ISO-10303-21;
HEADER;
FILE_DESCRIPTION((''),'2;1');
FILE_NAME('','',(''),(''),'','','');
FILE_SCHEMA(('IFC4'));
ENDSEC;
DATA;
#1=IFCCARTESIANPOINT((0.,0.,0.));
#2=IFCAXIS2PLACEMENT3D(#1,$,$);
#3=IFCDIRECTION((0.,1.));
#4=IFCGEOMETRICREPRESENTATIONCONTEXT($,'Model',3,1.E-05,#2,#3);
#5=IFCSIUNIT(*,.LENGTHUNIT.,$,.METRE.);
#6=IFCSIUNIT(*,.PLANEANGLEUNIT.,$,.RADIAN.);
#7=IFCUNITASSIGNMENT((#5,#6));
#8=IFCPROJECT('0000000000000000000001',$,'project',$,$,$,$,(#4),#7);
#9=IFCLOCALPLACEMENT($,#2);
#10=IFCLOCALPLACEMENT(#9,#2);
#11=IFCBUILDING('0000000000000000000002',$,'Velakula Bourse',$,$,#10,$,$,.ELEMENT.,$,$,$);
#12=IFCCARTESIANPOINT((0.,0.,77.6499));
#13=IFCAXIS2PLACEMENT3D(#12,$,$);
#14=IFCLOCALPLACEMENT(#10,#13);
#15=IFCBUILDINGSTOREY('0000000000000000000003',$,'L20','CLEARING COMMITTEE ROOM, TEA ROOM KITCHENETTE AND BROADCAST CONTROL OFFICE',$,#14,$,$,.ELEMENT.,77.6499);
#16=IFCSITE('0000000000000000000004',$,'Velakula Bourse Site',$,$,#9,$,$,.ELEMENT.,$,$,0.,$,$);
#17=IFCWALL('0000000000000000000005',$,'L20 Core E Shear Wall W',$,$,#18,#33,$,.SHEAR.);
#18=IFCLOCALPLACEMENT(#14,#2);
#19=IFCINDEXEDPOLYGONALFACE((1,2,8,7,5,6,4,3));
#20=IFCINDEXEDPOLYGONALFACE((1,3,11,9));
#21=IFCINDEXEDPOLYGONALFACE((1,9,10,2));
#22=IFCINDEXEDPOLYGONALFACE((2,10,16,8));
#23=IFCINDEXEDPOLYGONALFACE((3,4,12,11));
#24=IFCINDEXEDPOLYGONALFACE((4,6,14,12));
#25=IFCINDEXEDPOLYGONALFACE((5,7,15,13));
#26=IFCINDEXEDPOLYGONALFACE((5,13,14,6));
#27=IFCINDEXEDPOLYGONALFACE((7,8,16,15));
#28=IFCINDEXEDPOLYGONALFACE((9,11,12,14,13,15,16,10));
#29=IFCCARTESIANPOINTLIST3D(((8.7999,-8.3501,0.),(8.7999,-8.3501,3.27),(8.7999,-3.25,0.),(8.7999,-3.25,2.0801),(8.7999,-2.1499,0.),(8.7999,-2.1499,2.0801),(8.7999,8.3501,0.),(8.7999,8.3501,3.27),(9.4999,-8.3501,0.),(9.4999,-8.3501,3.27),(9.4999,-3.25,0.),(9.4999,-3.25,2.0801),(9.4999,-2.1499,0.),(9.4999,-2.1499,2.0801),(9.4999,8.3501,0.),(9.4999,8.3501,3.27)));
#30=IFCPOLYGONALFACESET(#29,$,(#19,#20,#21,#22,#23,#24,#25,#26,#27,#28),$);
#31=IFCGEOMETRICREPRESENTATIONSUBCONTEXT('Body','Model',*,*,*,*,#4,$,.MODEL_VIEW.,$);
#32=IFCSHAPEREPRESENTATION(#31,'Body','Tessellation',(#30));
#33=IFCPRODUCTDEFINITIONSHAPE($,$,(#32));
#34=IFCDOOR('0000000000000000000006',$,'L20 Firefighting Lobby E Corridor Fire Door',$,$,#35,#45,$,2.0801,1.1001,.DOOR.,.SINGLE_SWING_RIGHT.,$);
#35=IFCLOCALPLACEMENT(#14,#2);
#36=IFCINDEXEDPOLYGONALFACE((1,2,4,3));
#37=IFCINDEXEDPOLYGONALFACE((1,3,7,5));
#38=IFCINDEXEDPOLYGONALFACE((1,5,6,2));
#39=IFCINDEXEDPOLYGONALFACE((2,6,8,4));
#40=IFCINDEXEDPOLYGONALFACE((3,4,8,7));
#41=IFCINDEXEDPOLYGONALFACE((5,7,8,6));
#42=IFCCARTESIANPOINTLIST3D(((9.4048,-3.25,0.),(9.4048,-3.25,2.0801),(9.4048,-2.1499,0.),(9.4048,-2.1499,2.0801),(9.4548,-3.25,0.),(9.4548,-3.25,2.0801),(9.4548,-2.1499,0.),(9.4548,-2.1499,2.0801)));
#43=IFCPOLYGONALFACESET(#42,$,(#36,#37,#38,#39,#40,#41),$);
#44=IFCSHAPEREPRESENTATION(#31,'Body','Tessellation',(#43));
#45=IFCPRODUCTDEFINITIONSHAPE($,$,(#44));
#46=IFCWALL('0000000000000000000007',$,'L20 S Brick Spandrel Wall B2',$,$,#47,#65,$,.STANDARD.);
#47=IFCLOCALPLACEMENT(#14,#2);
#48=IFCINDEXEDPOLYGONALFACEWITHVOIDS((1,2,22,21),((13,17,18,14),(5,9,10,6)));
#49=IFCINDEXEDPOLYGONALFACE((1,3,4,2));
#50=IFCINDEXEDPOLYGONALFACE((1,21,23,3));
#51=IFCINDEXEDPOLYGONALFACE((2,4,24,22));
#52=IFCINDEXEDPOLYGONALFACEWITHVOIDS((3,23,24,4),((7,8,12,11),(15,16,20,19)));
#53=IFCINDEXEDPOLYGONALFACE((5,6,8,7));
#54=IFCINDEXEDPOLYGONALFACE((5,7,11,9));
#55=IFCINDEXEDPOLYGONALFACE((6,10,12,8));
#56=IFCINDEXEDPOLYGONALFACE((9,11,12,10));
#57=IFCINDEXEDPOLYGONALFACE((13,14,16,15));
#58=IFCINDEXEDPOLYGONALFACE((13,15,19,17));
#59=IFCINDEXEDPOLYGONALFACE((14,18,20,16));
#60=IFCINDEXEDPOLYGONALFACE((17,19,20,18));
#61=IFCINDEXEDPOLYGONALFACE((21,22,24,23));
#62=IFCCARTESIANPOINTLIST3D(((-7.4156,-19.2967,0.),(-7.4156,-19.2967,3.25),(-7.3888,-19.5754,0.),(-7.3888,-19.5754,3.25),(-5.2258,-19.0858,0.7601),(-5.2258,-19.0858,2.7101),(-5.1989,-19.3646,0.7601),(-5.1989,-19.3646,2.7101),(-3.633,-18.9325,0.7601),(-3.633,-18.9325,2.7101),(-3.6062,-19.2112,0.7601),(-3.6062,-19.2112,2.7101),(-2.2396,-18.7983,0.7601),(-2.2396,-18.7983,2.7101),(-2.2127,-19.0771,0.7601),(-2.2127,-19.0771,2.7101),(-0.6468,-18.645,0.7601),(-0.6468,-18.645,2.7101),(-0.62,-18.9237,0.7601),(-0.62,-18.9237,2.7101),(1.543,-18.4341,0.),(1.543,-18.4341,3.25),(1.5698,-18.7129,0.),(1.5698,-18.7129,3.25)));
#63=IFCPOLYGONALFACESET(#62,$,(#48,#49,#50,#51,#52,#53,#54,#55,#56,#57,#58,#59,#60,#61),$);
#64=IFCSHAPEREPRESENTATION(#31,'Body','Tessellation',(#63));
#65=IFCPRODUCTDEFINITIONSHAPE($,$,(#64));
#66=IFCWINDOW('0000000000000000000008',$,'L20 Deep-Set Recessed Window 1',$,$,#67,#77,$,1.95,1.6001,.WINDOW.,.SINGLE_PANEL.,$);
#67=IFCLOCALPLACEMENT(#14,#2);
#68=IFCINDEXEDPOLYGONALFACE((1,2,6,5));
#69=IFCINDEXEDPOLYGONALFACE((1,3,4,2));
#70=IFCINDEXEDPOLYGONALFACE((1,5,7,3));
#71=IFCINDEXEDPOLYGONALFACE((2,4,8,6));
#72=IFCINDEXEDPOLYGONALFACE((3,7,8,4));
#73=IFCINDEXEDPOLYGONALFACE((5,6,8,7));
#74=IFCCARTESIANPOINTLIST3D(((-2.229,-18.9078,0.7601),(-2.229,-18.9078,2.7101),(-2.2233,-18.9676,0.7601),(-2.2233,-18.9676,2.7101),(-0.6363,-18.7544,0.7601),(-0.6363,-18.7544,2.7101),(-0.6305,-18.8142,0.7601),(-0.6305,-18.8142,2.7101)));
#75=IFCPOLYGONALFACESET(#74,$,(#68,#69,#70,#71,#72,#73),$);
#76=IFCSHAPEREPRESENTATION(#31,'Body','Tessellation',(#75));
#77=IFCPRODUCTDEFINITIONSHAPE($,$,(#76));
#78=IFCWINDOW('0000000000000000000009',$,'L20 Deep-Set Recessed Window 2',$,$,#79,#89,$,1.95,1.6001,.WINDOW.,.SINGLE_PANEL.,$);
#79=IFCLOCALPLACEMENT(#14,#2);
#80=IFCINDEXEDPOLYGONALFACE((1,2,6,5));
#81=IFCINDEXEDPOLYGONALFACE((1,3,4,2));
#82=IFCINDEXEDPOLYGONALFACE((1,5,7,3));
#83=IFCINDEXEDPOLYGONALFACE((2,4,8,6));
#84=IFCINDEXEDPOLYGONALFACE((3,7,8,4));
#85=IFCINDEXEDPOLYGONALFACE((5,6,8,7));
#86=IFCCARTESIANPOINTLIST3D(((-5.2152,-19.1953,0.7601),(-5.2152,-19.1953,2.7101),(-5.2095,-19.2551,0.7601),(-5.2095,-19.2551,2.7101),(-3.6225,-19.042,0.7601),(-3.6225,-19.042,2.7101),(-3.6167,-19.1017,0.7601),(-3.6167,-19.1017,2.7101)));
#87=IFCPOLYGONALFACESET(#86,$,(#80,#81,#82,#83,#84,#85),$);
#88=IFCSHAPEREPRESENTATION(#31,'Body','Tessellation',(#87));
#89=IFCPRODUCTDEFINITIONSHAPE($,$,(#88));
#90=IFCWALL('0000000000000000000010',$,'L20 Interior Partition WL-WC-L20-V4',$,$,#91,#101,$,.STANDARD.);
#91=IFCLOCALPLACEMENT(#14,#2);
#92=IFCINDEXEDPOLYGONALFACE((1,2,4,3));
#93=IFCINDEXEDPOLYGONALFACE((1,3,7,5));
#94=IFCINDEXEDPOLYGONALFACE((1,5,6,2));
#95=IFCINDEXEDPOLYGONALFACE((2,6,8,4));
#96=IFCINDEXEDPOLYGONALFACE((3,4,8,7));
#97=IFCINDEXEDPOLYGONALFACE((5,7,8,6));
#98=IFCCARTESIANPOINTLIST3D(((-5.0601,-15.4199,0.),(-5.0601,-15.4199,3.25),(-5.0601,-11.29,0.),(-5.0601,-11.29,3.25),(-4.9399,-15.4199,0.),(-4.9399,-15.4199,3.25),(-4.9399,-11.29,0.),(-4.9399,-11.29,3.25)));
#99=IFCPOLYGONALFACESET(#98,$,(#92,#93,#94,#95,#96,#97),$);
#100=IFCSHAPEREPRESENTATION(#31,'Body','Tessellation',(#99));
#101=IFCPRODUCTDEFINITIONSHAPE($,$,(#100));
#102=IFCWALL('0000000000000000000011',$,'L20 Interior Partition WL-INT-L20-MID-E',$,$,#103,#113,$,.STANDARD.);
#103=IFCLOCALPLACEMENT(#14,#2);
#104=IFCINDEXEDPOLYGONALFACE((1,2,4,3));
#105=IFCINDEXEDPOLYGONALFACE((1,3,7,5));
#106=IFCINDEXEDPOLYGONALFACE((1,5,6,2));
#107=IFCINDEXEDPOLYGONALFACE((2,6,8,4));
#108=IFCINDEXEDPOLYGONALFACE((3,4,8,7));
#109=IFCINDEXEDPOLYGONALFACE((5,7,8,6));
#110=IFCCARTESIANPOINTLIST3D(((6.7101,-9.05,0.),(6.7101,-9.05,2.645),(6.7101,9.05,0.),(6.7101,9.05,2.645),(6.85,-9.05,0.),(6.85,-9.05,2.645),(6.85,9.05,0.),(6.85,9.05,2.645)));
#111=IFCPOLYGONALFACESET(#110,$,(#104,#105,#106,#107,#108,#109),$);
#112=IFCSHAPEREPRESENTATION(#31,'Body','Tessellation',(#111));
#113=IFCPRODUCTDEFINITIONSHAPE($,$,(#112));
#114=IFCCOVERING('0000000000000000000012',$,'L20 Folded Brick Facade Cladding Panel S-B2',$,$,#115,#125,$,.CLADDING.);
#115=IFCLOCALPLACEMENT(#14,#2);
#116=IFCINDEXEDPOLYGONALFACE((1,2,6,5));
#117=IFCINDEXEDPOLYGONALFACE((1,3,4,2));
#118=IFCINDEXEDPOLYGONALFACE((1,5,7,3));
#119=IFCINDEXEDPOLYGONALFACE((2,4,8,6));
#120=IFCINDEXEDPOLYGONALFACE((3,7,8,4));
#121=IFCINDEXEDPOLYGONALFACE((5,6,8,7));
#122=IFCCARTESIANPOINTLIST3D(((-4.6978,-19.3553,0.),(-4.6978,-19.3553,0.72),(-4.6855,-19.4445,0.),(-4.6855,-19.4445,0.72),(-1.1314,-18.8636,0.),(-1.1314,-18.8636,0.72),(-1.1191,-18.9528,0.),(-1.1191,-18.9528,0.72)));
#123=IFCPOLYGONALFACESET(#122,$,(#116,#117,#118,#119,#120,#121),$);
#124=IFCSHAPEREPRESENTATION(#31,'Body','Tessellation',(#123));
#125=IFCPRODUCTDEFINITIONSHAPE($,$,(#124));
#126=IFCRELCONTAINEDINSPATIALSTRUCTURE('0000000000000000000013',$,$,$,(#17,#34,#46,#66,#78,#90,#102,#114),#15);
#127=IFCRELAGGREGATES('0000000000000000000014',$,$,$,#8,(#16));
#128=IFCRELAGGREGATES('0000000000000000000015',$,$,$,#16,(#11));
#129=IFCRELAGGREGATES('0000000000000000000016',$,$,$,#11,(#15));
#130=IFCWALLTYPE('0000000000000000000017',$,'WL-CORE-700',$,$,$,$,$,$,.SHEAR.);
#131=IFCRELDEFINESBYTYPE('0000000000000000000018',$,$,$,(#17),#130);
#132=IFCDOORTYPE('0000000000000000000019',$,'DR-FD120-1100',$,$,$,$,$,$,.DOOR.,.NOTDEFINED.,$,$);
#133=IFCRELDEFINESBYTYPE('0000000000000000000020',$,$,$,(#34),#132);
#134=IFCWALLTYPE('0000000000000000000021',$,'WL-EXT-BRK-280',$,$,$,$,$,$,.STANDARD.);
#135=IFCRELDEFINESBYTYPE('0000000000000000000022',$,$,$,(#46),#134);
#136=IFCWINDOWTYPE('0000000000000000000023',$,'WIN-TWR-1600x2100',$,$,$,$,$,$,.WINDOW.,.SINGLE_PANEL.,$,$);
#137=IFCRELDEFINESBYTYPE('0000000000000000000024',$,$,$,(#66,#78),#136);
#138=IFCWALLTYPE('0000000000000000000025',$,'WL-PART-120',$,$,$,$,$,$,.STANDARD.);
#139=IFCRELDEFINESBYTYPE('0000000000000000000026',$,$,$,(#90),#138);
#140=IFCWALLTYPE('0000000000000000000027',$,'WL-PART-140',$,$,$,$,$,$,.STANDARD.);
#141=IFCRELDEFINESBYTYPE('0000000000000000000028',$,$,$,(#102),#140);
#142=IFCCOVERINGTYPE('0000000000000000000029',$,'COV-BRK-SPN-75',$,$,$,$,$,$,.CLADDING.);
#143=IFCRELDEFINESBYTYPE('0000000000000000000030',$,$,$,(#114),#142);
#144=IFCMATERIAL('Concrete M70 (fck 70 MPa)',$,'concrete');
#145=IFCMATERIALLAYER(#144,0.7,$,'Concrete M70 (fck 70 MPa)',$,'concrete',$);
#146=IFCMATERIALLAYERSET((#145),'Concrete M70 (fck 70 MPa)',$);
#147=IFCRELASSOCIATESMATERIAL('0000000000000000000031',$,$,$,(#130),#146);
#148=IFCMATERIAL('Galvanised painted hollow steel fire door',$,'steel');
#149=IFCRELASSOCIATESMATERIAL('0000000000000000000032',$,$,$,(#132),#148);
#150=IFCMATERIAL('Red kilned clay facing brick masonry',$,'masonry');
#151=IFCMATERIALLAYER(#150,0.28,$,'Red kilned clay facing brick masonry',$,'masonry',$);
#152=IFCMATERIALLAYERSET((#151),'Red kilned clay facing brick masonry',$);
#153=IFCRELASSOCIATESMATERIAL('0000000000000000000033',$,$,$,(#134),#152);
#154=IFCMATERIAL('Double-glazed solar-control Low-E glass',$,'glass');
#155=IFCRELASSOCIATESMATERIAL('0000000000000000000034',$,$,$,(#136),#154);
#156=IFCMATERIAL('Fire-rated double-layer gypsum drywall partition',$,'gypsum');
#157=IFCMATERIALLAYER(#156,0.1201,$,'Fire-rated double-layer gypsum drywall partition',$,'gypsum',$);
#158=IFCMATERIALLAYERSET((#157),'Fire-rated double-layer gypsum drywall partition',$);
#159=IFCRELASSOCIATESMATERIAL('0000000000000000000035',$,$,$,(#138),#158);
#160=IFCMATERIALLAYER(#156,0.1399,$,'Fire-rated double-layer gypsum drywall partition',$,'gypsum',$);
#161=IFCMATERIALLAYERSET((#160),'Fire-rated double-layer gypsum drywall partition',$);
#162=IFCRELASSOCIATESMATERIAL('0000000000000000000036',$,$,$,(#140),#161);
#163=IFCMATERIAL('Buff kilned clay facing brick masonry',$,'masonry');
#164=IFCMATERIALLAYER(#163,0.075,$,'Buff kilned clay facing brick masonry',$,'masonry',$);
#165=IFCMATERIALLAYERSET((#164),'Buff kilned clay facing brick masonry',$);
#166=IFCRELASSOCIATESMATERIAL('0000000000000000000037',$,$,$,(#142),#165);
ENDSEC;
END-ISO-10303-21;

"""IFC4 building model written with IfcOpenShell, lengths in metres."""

from ifc_helpers import new_model, si_unit, direction, frame, frame_2d, origin, origin_2d, place, context, subcontext, project, spatial, rectangle, extrude, material, layer, layer_set, type_object, element, fill, save


model = new_model("IFC4")

# Units and contexts
model_context = context("Model", 3, precision=1e-05, world=origin(), true_north=direction((0.0, 1.0)))
body_context = subcontext(model_context, "Body", "Model", "MODEL_VIEW")
ifc_project = project(units=[si_unit("LENGTHUNIT", "METRE"), si_unit("PLANEANGLEUNIT", "RADIAN")], contexts=[model_context])

# Site, building, storey
site_placement = place(None, origin())
site = spatial("IfcSite", under=ifc_project, at=site_placement, Name="Velakula Bourse Site", CompositionType="ELEMENT", RefElevation=0.0)
building_placement = place(site_placement, origin())
building = spatial("IfcBuilding", under=site, at=building_placement, Name="Velakula Bourse", CompositionType="ELEMENT")
storey_placement = place(building_placement, frame((0.0, 0.0, 77.6499)))
storey = spatial("IfcBuildingStorey", under=building, at=storey_placement, Name="L20", Description="CLEARING COMMITTEE ROOM, TEA ROOM KITCHENETTE AND BROADCAST CONTROL OFFICE", CompositionType="ELEMENT", Elevation=77.6499)

# Shared definitions
ifc_material_1 = material(Name="Concrete M70 (fck 70 MPa)", Category="concrete")

# Shared definitions
ifc_layer_1 = layer(ifc_material_1, 0.7, Name="Concrete M70 (fck 70 MPa)", Category="concrete")
ifc_layer_set_1 = layer_set([ifc_layer_1], Name="Concrete M70 (fck 70 MPa)")
wall_type_1 = type_object("IfcWallType", Name="WL-CORE-700", PredefinedType="SHEAR", material=ifc_layer_set_1)

# Wall, opening, door
wall_1_placement = place(storey_placement, frame((9.1499, -8.3501, 0.0), z_axis=(0.0, 0.0, 1.0), x_axis=(0.0, 1.0, 0.0)))
wall_1 = element("IfcWall", 1, at=wall_1_placement, inside=storey, type_object=wall_type_1, Name="L20 Core E Shear Wall W", PredefinedType="SHEAR", context=body_context, shape_type="SweptSolid", body=[
    extrude(rectangle(XDim=16.7002, YDim=0.7, at=frame_2d((8.3501, 0.0))), origin(), (0.0, 0.0, 1.0), 3.27),
])
opening_1_placement = place(wall_1_placement, frame((5.1001, 0.0, 0.0)))
opening_1 = element("IfcOpeningElement", 2, at=opening_1_placement, cuts=wall_1, PredefinedType="OPENING", context=body_context, shape_type="SweptSolid", body=[
    extrude(rectangle(XDim=1.1001, YDim=2.0801, at=frame_2d((0.55, 1.04))), frame((0.0, 0.3599, 0.0), z_axis=(0.0, -1.0, 0.0), x_axis=(1.0, 0.0, 0.0)), (0.0, 0.0, 1.0), 0.72),
])
ifc_material_2 = material(Name="Galvanised painted hollow steel fire door", Category="steel")
door_type_1 = type_object("IfcDoorType", Name="DR-FD120-1100", OperationType="NOTDEFINED", PredefinedType="DOOR", material=ifc_material_2)
door_1_placement = place(opening_1_placement, origin())
door_1 = element("IfcDoor", 3, at=door_1_placement, inside=storey, type_object=door_type_1, Name="L20 Firefighting Lobby E Corridor Fire Door", OperationType="SINGLE_SWING_RIGHT", OverallHeight=2.0801, OverallWidth=1.1001, PredefinedType="DOOR", context=body_context, shape_type="SweptSolid", body=[
    extrude(rectangle(XDim=1.1001, YDim=2.0801, at=frame_2d((0.55, 1.04))), frame((0.0, -0.2549, 0.0), z_axis=(0.0, -1.0, 0.0), x_axis=(1.0, 0.0, 0.0)), (0.0, 0.0, 1.0), 0.05),
])
fill(opening_1, door_1)

# Wall, openings, windows
ifc_material_3 = material(Name="Red kilned clay facing brick masonry", Category="masonry")
ifc_layer_2 = layer(ifc_material_3, 0.28, Name="Red kilned clay facing brick masonry", Category="masonry")
ifc_layer_set_2 = layer_set([ifc_layer_2], Name="Red kilned clay facing brick masonry")
wall_type_2 = type_object("IfcWallType", Name="WL-EXT-BRK-280", PredefinedType="STANDARD", material=ifc_layer_set_2)
wall_2_placement = place(storey_placement, frame((1.5564, -18.5735, 0.0), z_axis=(0.0, 0.0, 1.0), x_axis=(-0.995397, -0.09584, 0.0)))
wall_2 = element("IfcWall", 4, at=wall_2_placement, inside=storey, type_object=wall_type_2, Name="L20 S Brick Spandrel Wall B2", PredefinedType="STANDARD", context=body_context, shape_type="SweptSolid", body=[
    extrude(rectangle(XDim=9.0, YDim=0.28, at=frame_2d((4.5, 0.0))), origin(), (0.0, 0.0, 1.0), 3.25),
])
opening_2_placement = place(wall_2_placement, frame((2.2, 0.0, 0.76)))
opening_2 = element("IfcOpeningElement", 5, at=opening_2_placement, cuts=wall_2, PredefinedType="OPENING", context=body_context, shape_type="SweptSolid", body=[
    extrude(rectangle(XDim=1.6001, YDim=1.95, at=frame_2d((0.8, 0.9751))), frame((0.0, 0.1499, 0.0), z_axis=(0.0, -1.0, 0.0), x_axis=(1.0, 0.0, 0.0)), (0.0, 0.0, 1.0), 0.3),
])
opening_3_placement = place(wall_2_placement, frame((5.2, 0.0, 0.76)))
opening_3 = element("IfcOpeningElement", 6, at=opening_3_placement, cuts=wall_2, PredefinedType="OPENING", context=body_context, shape_type="SweptSolid", body=[
    extrude(rectangle(XDim=1.6001, YDim=1.95, at=frame_2d((0.8, 0.9751))), frame((0.0, 0.1499, 0.0), z_axis=(0.0, -1.0, 0.0), x_axis=(1.0, 0.0, 0.0)), (0.0, 0.0, 1.0), 0.3),
])
ifc_material_4 = material(Name="Double-glazed solar-control Low-E glass", Category="glass")
window_type = type_object("IfcWindowType", Name="WIN-TWR-1600x2100", PartitioningType="SINGLE_PANEL", PredefinedType="WINDOW", material=ifc_material_4)
window_1_placement = place(opening_2_placement, origin())
window_1 = element("IfcWindow", 7, at=window_1_placement, inside=storey, type_object=window_type, Name="L20 Deep-Set Recessed Window 1", OverallHeight=1.95, OverallWidth=1.6001, PartitioningType="SINGLE_PANEL", PredefinedType="WINDOW", context=body_context, shape_type="SweptSolid", body=[
    extrude(rectangle(XDim=1.6001, YDim=1.95, at=frame_2d((0.8, 0.9751))), frame((0.0, 0.03, 0.0), z_axis=(0.0, -1.0, 0.0), x_axis=(1.0, 0.0, 0.0)), (0.0, 0.0, 1.0), 0.0601),
])
fill(opening_2, window_1)
window_2_placement = place(opening_3_placement, origin())
window_2 = element("IfcWindow", 8, at=window_2_placement, inside=storey, type_object=window_type, Name="L20 Deep-Set Recessed Window 2", OverallHeight=1.95, OverallWidth=1.6001, PartitioningType="SINGLE_PANEL", PredefinedType="WINDOW", context=body_context, shape_type="SweptSolid", body=[
    extrude(rectangle(XDim=1.6001, YDim=1.95, at=frame_2d((0.8, 0.9751))), frame((0.0, 0.03, 0.0), z_axis=(0.0, -1.0, 0.0), x_axis=(1.0, 0.0, 0.0)), (0.0, 0.0, 1.0), 0.0601),
])
fill(opening_3, window_2)

# Walls
ifc_material_5 = material(Name="Fire-rated double-layer gypsum drywall partition", Category="gypsum")
ifc_layer_3 = layer(ifc_material_5, 0.1201, Name="Fire-rated double-layer gypsum drywall partition", Category="gypsum")
ifc_layer_set_3 = layer_set([ifc_layer_3], Name="Fire-rated double-layer gypsum drywall partition")
wall_type_3 = type_object("IfcWallType", Name="WL-PART-120", PredefinedType="STANDARD", material=ifc_layer_set_3)
wall_3_placement = place(storey_placement, frame((-5.0, -15.4199, 0.0), z_axis=(0.0, 0.0, 1.0), x_axis=(0.0, 1.0, 0.0)))
element("IfcWall", 9, at=wall_3_placement, inside=storey, type_object=wall_type_3, Name="L20 Interior Partition WL-WC-L20-V4", PredefinedType="STANDARD", context=body_context, shape_type="SweptSolid", body=[
    extrude(rectangle(XDim=4.1299, YDim=0.1201, at=frame_2d((2.0649, 0.0))), origin(), (0.0, 0.0, 1.0), 3.25),
])
ifc_layer_4 = layer(ifc_material_5, 0.1399, Name="Fire-rated double-layer gypsum drywall partition", Category="gypsum")
ifc_layer_set_4 = layer_set([ifc_layer_4], Name="Fire-rated double-layer gypsum drywall partition")
wall_type_4 = type_object("IfcWallType", Name="WL-PART-140", PredefinedType="STANDARD", material=ifc_layer_set_4)
wall_4_placement = place(storey_placement, frame((6.78, -9.05, 0.0), z_axis=(0.0, 0.0, 1.0), x_axis=(0.0, 1.0, 0.0)))
element("IfcWall", 10, at=wall_4_placement, inside=storey, type_object=wall_type_4, Name="L20 Interior Partition WL-INT-L20-MID-E", PredefinedType="STANDARD", context=body_context, shape_type="SweptSolid", body=[
    extrude(rectangle(XDim=18.1001, YDim=0.1399, at=frame_2d((9.05, 0.0))), origin(), (0.0, 0.0, 1.0), 2.645),
])

# Covering
ifc_material_6 = material(Name="Buff kilned clay facing brick masonry", Category="masonry")
ifc_layer_5 = layer(ifc_material_6, 0.075, Name="Buff kilned clay facing brick masonry", Category="masonry")
ifc_layer_set_5 = layer_set([ifc_layer_5], Name="Buff kilned clay facing brick masonry")
covering_type = type_object("IfcCoveringType", Name="COV-BRK-SPN-75", PredefinedType="CLADDING", material=ifc_layer_set_5)
covering_placement = place(storey_placement, frame((-2.9084, -19.1541, 0.0), z_axis=(0.0, 0.0, 1.0), x_axis=(0.990629, 0.13658, 0.0)))
element("IfcCovering", 11, at=covering_placement, inside=storey, type_object=covering_type, Name="L20 Folded Brick Facade Cladding Panel S-B2", PredefinedType="CLADDING", context=body_context, shape_type="SweptSolid", body=[
    extrude(rectangle(XDim=3.6001, YDim=0.0901, at=origin_2d()), origin(), (0.0, 0.0, 1.0), 0.72),
])

save(model, "model.ifc")
